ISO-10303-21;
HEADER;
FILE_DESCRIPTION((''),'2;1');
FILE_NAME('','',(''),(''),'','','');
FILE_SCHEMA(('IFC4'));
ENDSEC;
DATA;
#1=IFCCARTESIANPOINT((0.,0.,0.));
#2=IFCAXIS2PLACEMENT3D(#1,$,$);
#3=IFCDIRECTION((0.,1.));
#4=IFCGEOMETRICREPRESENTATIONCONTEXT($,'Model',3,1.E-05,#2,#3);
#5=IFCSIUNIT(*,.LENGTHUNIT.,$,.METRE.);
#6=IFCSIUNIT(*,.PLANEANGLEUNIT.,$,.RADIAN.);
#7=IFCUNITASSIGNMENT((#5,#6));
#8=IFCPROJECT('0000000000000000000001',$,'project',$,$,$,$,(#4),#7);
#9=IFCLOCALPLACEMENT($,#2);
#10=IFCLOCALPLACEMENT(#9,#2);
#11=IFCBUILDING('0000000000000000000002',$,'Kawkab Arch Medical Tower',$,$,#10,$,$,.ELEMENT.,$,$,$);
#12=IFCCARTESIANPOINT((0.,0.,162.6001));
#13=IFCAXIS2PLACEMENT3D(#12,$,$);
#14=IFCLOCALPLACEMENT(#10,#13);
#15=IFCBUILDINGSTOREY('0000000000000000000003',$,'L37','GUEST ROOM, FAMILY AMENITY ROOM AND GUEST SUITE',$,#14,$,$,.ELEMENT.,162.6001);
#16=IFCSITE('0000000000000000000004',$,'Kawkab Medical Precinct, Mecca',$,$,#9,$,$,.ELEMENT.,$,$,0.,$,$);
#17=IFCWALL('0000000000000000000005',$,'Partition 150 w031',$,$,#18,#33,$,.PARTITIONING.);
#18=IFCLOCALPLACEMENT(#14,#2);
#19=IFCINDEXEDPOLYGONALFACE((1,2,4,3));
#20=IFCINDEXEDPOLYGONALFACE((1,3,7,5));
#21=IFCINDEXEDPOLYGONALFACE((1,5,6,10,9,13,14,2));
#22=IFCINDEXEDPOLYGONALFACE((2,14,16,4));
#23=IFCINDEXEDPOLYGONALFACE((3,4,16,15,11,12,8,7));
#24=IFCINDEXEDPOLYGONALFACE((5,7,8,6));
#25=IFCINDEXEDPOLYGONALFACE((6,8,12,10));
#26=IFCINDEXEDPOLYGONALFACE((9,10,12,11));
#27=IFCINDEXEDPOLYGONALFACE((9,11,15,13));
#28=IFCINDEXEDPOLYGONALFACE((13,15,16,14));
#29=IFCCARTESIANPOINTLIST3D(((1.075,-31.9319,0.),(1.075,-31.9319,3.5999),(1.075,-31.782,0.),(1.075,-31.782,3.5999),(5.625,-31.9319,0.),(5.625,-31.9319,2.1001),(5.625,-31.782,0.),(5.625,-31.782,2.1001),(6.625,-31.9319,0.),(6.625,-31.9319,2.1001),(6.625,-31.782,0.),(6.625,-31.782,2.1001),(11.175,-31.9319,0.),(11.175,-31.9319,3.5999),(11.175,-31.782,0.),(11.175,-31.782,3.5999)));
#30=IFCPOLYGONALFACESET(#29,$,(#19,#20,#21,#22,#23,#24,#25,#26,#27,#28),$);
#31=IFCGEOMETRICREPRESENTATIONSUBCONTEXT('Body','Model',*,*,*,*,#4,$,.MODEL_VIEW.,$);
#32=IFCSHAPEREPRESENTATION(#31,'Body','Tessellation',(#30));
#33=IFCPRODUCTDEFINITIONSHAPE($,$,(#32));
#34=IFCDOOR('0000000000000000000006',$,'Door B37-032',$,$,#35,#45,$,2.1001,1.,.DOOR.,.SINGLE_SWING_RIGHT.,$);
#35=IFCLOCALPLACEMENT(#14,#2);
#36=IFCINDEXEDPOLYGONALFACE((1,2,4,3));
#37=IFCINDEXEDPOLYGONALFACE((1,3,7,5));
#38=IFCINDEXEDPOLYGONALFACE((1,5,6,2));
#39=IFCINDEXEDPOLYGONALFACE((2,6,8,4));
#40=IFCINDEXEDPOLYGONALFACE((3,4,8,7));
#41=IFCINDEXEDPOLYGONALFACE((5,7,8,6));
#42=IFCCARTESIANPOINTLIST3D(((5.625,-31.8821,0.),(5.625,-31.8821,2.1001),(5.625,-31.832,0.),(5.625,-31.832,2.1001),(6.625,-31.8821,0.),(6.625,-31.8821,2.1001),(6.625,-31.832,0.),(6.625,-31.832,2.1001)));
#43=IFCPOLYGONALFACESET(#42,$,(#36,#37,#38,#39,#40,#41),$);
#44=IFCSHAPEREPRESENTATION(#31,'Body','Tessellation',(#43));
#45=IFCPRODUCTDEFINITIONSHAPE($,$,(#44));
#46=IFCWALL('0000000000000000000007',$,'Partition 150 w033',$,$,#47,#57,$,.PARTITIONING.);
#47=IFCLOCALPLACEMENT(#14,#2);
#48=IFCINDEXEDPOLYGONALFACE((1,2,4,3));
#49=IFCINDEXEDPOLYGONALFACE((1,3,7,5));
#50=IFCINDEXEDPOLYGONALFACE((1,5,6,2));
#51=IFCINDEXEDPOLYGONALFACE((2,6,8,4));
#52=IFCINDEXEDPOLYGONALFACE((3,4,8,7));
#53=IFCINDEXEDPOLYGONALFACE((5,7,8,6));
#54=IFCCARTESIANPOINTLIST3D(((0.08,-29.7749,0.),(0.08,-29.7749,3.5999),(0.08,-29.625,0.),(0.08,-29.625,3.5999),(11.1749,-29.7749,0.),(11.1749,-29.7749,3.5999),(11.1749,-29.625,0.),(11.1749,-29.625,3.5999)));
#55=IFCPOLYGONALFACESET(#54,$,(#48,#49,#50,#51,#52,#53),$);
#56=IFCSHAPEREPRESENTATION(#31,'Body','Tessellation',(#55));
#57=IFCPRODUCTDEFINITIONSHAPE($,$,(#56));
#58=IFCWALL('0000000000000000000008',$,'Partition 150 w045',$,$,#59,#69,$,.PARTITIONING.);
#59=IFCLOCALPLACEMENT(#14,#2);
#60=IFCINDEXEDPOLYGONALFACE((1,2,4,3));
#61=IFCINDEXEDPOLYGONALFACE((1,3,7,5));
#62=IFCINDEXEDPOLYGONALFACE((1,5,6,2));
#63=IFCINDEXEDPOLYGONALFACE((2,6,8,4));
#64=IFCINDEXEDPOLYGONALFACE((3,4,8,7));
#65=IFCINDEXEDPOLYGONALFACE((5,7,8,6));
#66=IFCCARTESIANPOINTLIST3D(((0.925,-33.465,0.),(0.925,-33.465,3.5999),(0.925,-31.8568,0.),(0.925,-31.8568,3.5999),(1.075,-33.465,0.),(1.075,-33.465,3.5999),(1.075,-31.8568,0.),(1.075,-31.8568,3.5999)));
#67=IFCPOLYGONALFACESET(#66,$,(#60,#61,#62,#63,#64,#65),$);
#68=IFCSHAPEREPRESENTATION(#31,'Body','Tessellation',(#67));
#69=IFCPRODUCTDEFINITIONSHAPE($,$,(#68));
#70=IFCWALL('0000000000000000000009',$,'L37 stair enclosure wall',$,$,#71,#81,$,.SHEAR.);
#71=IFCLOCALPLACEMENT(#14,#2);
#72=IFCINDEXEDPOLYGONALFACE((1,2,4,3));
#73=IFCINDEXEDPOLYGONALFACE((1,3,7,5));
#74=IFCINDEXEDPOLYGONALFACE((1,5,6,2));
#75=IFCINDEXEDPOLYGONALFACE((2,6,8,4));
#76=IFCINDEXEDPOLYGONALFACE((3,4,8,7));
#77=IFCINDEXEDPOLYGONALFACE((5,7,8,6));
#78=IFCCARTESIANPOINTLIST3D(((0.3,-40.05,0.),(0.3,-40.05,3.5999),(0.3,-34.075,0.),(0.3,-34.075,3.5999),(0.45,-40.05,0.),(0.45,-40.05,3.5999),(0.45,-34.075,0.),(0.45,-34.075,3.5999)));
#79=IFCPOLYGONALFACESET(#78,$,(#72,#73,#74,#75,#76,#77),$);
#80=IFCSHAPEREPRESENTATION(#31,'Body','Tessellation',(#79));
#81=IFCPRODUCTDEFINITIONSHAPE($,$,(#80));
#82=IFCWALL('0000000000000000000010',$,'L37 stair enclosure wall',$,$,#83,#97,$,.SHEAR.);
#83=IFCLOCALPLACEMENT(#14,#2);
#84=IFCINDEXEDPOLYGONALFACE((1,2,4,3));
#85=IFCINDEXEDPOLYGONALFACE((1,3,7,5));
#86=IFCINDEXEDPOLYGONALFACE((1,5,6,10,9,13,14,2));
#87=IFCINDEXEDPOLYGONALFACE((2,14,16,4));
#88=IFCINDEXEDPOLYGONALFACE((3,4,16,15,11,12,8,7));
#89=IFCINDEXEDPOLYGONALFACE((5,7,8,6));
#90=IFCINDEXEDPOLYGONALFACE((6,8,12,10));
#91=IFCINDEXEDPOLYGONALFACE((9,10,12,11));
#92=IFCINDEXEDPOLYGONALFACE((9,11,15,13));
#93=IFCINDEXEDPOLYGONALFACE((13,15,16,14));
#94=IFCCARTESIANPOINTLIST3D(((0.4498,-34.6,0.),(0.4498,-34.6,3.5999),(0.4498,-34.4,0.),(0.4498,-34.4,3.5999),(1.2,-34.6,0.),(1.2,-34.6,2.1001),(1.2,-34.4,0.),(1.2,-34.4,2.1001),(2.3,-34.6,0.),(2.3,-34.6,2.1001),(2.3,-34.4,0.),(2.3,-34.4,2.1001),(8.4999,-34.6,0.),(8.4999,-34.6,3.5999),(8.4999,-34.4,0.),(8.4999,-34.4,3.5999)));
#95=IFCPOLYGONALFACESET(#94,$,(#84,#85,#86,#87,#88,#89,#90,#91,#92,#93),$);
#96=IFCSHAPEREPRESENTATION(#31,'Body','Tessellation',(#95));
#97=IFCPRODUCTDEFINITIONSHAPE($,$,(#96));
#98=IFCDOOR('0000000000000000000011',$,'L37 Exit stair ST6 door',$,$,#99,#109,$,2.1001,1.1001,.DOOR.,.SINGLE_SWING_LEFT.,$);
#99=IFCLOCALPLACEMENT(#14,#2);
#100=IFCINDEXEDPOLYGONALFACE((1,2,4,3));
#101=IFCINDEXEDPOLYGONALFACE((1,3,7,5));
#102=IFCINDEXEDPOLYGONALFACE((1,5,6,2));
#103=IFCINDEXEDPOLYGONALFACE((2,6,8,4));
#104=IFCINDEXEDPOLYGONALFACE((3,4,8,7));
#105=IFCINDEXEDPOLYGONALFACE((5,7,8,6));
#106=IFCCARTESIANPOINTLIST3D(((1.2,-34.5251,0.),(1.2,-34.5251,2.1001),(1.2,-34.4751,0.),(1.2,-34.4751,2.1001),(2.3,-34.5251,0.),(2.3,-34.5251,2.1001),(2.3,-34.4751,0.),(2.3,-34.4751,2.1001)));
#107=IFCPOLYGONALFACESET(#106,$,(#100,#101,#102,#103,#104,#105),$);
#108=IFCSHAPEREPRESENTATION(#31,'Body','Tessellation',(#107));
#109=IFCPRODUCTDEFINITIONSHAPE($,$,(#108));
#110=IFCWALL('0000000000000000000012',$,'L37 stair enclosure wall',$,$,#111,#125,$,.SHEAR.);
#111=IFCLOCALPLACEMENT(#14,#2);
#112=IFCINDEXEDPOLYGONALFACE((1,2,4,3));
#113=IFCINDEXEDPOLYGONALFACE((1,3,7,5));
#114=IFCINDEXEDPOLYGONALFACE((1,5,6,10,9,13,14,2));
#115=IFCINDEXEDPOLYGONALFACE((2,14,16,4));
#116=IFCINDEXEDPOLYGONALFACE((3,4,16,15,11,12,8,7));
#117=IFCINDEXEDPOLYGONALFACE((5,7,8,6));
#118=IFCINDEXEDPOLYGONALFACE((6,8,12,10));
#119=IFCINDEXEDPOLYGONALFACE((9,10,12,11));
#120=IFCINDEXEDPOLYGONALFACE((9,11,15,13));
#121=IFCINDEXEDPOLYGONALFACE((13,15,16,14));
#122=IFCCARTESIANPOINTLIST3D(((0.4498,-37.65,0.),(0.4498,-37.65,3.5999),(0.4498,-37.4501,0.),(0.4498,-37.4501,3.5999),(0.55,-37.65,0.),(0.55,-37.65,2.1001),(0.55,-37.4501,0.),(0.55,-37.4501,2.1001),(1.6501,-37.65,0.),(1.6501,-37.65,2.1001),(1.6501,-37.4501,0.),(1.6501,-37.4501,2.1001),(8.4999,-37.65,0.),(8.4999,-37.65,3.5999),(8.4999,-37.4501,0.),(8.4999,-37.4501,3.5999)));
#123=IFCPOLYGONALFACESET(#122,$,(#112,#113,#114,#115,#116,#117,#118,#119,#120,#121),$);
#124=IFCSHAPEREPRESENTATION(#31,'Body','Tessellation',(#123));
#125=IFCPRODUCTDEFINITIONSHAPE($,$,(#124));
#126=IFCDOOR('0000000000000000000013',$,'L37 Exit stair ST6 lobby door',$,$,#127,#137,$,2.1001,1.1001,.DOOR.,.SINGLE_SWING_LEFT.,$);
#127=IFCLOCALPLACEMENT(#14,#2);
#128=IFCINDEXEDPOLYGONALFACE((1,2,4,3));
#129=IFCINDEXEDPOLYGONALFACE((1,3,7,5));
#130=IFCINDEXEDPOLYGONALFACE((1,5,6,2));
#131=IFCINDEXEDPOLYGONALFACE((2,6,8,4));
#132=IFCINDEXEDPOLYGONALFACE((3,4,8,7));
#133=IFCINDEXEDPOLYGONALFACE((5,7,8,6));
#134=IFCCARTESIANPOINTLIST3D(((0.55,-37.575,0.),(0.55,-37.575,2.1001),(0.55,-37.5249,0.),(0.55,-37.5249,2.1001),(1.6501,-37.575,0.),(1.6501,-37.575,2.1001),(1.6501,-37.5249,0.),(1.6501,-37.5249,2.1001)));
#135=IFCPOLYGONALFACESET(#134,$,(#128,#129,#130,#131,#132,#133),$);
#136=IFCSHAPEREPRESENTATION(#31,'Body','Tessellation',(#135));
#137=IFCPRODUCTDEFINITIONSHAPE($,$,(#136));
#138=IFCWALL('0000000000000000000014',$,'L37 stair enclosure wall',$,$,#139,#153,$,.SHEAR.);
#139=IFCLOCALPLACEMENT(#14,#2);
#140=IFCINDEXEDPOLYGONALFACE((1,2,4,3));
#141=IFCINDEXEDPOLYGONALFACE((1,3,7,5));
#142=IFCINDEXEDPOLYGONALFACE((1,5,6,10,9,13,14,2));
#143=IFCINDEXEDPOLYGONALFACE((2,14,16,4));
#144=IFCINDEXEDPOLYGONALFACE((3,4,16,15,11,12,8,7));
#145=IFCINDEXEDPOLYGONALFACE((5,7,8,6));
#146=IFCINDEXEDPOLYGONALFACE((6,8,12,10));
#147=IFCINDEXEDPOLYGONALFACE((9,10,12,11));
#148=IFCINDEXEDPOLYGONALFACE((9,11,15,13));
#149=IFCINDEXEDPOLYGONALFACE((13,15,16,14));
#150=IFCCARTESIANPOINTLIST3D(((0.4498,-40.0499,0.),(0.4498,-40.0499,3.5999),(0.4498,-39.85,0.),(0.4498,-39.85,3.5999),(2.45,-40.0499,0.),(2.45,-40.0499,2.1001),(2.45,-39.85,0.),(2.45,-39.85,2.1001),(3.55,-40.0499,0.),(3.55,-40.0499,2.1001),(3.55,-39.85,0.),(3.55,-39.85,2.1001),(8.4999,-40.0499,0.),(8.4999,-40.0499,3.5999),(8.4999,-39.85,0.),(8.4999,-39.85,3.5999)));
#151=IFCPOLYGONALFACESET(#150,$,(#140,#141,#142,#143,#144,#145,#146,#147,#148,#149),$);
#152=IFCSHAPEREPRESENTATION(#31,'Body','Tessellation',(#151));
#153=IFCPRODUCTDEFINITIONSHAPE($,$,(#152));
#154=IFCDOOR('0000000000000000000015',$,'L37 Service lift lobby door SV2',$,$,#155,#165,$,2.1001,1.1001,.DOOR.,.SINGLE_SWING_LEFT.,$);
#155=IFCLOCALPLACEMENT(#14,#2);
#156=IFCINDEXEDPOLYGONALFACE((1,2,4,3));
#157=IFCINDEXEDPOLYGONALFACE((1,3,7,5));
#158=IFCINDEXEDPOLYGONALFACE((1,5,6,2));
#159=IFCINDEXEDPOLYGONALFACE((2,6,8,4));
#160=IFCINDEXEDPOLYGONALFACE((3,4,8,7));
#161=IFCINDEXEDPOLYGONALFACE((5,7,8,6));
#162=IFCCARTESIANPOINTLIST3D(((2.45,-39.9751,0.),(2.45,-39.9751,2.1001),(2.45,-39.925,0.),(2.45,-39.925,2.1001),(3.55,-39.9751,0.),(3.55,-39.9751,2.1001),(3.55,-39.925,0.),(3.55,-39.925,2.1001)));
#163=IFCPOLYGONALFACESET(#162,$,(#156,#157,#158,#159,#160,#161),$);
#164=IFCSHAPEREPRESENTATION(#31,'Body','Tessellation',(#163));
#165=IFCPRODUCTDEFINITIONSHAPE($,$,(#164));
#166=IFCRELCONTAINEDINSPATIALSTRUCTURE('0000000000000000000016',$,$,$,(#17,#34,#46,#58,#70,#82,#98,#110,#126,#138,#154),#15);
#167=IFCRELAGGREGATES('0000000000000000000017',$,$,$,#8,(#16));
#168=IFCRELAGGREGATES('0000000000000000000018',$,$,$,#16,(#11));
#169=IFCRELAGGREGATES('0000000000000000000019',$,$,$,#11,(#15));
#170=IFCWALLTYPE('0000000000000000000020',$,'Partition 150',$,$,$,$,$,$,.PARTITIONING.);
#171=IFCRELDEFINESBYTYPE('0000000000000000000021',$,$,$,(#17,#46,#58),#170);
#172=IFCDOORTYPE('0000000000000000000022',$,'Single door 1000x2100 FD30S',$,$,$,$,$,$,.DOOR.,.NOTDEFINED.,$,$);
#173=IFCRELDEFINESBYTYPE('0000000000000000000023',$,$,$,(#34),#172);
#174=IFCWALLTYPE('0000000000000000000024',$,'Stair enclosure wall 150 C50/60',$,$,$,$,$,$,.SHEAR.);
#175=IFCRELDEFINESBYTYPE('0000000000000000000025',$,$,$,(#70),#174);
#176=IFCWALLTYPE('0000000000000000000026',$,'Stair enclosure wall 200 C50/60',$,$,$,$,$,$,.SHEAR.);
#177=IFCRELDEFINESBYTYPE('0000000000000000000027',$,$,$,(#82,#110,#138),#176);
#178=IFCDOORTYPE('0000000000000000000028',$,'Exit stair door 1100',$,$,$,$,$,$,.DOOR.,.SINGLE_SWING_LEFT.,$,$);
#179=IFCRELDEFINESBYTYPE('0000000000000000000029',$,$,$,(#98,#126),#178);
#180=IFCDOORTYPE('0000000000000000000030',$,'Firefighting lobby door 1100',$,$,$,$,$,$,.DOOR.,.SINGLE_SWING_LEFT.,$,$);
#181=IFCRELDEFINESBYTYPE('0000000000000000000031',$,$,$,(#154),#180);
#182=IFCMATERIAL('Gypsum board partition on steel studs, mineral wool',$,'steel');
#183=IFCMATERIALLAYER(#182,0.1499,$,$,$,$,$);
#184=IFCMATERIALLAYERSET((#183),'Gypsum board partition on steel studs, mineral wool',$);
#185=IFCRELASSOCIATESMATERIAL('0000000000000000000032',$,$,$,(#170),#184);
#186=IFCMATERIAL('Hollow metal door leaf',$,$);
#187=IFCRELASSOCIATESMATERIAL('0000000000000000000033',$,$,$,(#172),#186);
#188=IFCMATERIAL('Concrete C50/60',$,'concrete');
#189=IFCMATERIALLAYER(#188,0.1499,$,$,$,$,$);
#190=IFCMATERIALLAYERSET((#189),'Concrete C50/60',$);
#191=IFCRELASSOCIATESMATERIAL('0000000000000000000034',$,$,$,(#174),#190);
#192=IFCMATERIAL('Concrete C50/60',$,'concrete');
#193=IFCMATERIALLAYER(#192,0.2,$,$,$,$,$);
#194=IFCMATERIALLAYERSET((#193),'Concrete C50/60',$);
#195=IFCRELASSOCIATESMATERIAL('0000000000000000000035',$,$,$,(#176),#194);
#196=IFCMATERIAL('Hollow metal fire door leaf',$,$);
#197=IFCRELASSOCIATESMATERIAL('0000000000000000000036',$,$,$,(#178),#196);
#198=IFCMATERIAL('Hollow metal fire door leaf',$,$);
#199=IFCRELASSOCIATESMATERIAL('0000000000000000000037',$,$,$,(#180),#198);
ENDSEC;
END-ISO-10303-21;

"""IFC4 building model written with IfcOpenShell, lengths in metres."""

from ifc_helpers import new_model, si_unit, direction, frame, frame_2d, origin, place, context, subcontext, project, spatial, rectangle, extrude, material, layer, layer_set, type_object, element, fill, save


model = new_model("IFC4")

# Units and contexts
model_context = context("Model", 3, precision=1e-05, world=origin(), true_north=direction((0.0, 1.0)))
body_context = subcontext(model_context, "Body", "Model", "MODEL_VIEW")
ifc_project = project(units=[si_unit("LENGTHUNIT", "METRE"), si_unit("PLANEANGLEUNIT", "RADIAN")], contexts=[model_context])

# Site, building, storey
site_placement = place(None, origin())
site = spatial("IfcSite", under=ifc_project, at=site_placement, Name="Kawkab Medical Precinct, Mecca", CompositionType="ELEMENT", RefElevation=0.0)
building_placement = place(site_placement, origin())
building = spatial("IfcBuilding", under=site, at=building_placement, Name="Kawkab Arch Medical Tower", CompositionType="ELEMENT")
storey_placement = place(building_placement, frame((0.0, 0.0, 162.6001)))
storey = spatial("IfcBuildingStorey", under=building, at=storey_placement, Name="L37", Description="GUEST ROOM, FAMILY AMENITY ROOM AND GUEST SUITE", CompositionType="ELEMENT", Elevation=162.6001)

# Shared definitions
ifc_material_1 = material(Name="Gypsum board partition on steel studs, mineral wool", Category="steel")
ifc_layer_1 = layer(ifc_material_1, 0.1499)
ifc_layer_set_1 = layer_set([ifc_layer_1], Name="Gypsum board partition on steel studs, mineral wool")
wall_type_1 = type_object("IfcWallType", Name="Partition 150", PredefinedType="PARTITIONING", material=ifc_layer_set_1)

# Wall, opening, door
wall_1_placement = place(storey_placement, frame((1.075, -31.8569, 0.0), z_axis=(0.0, 0.0, 1.0), x_axis=(1.0, 0.0, 0.0)))
wall_1 = element("IfcWall", 1, at=wall_1_placement, inside=storey, type_object=wall_type_1, Name="Partition 150 w031", PredefinedType="PARTITIONING", context=body_context, shape_type="SweptSolid", body=[
    extrude(rectangle(XDim=10.1001, YDim=0.1499, at=frame_2d((5.05, 0.0))), origin(), (0.0, 0.0, 1.0), 3.5999),
])
opening_1_placement = place(wall_1_placement, frame((4.55, 0.0, 0.0)))
opening_1 = element("IfcOpeningElement", 2, at=opening_1_placement, cuts=wall_1, PredefinedType="OPENING", context=body_context, shape_type="SweptSolid", body=[
    extrude(rectangle(XDim=1.0, YDim=2.1001, at=frame_2d((0.5, 1.05))), frame((0.0, 0.085, 0.0), z_axis=(0.0, -1.0, 0.0), x_axis=(1.0, 0.0, 0.0)), (0.0, 0.0, 1.0), 0.1699),
])
ifc_material_2 = material(Name="Hollow metal door leaf")
door_type_1 = type_object("IfcDoorType", Name="Single door 1000x2100 FD30S", OperationType="NOTDEFINED", PredefinedType="DOOR", material=ifc_material_2)
door_1_placement = place(opening_1_placement, origin())
door_1 = element("IfcDoor", 3, at=door_1_placement, inside=storey, type_object=door_type_1, Name="Door B37-032", OperationType="SINGLE_SWING_RIGHT", OverallHeight=2.1001, OverallWidth=1.0, PredefinedType="DOOR", context=body_context, shape_type="SweptSolid", body=[
    extrude(rectangle(XDim=1.0, YDim=2.1001, at=frame_2d((0.5, 1.05))), frame((0.0, 0.0249, 0.0), z_axis=(0.0, -1.0, 0.0), x_axis=(1.0, 0.0, 0.0)), (0.0, 0.0, 1.0), 0.05),
])
fill(opening_1, door_1)

# Walls
wall_2_placement = place(storey_placement, frame((0.0801, -29.7, 0.0), z_axis=(0.0, 0.0, 1.0), x_axis=(1.0, 0.0, 0.0)))
element("IfcWall", 4, at=wall_2_placement, inside=storey, type_object=wall_type_1, Name="Partition 150 w033", PredefinedType="PARTITIONING", context=body_context, shape_type="SweptSolid", body=[
    extrude(rectangle(XDim=11.095, YDim=0.1499, at=frame_2d((5.5474, 0.0))), origin(), (0.0, 0.0, 1.0), 3.5999),
])
wall_3_placement = place(storey_placement, frame((1.0, -33.4651, 0.0), z_axis=(0.0, 0.0, 1.0), x_axis=(0.0, 1.0, 0.0)))
element("IfcWall", 5, at=wall_3_placement, inside=storey, type_object=wall_type_1, Name="Partition 150 w045", PredefinedType="PARTITIONING", context=body_context, shape_type="SweptSolid", body=[
    extrude(rectangle(XDim=1.6082, YDim=0.1499, at=frame_2d((0.8042, 0.0))), origin(), (0.0, 0.0, 1.0), 3.5999),
])
ifc_material_3 = material(Name="Concrete C50/60", Category="concrete")
ifc_layer_2 = layer(ifc_material_3, 0.1499)
ifc_layer_set_2 = layer_set([ifc_layer_2], Name="Concrete C50/60")
wall_type_2 = type_object("IfcWallType", Name="Stair enclosure wall 150 C50/60", PredefinedType="SHEAR", material=ifc_layer_set_2)
wall_4_placement = place(storey_placement, frame((0.375, -40.05, 0.0), z_axis=(0.0, 0.0, 1.0), x_axis=(0.0, 1.0, 0.0)))
element("IfcWall", 6, at=wall_4_placement, inside=storey, type_object=wall_type_2, Name="L37 stair enclosure wall", PredefinedType="SHEAR", context=body_context, shape_type="SweptSolid", body=[
    extrude(rectangle(XDim=5.9751, YDim=0.1499, at=frame_2d((2.9875, 0.0))), origin(), (0.0, 0.0, 1.0), 3.5999),
])

# Walls, openings, doors
ifc_material_4 = material(Name="Concrete C50/60", Category="concrete")
ifc_layer_3 = layer(ifc_material_4, 0.2)
ifc_layer_set_3 = layer_set([ifc_layer_3], Name="Concrete C50/60")
wall_type_3 = type_object("IfcWallType", Name="Stair enclosure wall 200 C50/60", PredefinedType="SHEAR", material=ifc_layer_set_3)
wall_5_placement = place(storey_placement, frame((0.45, -34.5, 0.0), z_axis=(0.0, 0.0, 1.0), x_axis=(1.0, 0.0, 0.0)))
wall_5 = element("IfcWall", 7, at=wall_5_placement, inside=storey, type_object=wall_type_3, Name="L37 stair enclosure wall", PredefinedType="SHEAR", context=body_context, shape_type="SweptSolid", body=[
    extrude(rectangle(XDim=8.05, YDim=0.2, at=frame_2d((4.0249, 0.0))), origin(), (0.0, 0.0, 1.0), 3.5999),
])
opening_2_placement = place(wall_5_placement, frame((0.75, 0.0, 0.0)))
opening_2 = element("IfcOpeningElement", 8, at=opening_2_placement, cuts=wall_5, PredefinedType="OPENING", context=body_context, shape_type="SweptSolid", body=[
    extrude(rectangle(XDim=1.1001, YDim=2.1001, at=frame_2d((0.55, 1.05))), frame((0.0, 0.1099, 0.0), z_axis=(0.0, -1.0, 0.0), x_axis=(1.0, 0.0, 0.0)), (0.0, 0.0, 1.0), 0.22),
])
ifc_material_5 = material(Name="Hollow metal fire door leaf")
door_type_2 = type_object("IfcDoorType", Name="Exit stair door 1100", OperationType="SINGLE_SWING_LEFT", PredefinedType="DOOR", material=ifc_material_5)
door_2_placement = place(opening_2_placement, origin())
door_2 = element("IfcDoor", 9, at=door_2_placement, inside=storey, type_object=door_type_2, Name="L37 Exit stair ST6 door", OperationType="SINGLE_SWING_LEFT", OverallHeight=2.1001, OverallWidth=1.1001, PredefinedType="DOOR", context=body_context, shape_type="SweptSolid", body=[
    extrude(rectangle(XDim=1.1001, YDim=2.1001, at=frame_2d((0.55, 1.05))), frame((0.0, 0.0249, 0.0), z_axis=(0.0, -1.0, 0.0), x_axis=(1.0, 0.0, 0.0)), (0.0, 0.0, 1.0), 0.05),
])
fill(opening_2, door_2)
wall_6_placement = place(storey_placement, frame((0.45, -37.55, 0.0), z_axis=(0.0, 0.0, 1.0), x_axis=(1.0, 0.0, 0.0)))
wall_6 = element("IfcWall", 10, at=wall_6_placement, inside=storey, type_object=wall_type_3, Name="L37 stair enclosure wall", PredefinedType="SHEAR", context=body_context, shape_type="SweptSolid", body=[
    extrude(rectangle(XDim=8.05, YDim=0.2, at=frame_2d((4.0249, 0.0))), origin(), (0.0, 0.0, 1.0), 3.5999),
])
opening_3_placement = place(wall_6_placement, frame((0.1001, 0.0, 0.0)))
opening_3 = element("IfcOpeningElement", 11, at=opening_3_placement, cuts=wall_6, PredefinedType="OPENING", context=body_context, shape_type="SweptSolid", body=[
    extrude(rectangle(XDim=1.1001, YDim=2.1001, at=frame_2d((0.55, 1.05))), frame((0.0, 0.1099, 0.0), z_axis=(0.0, -1.0, 0.0), x_axis=(1.0, 0.0, 0.0)), (0.0, 0.0, 1.0), 0.22),
])
door_3_placement = place(opening_3_placement, frame((1.1001, 0.0, 0.0), z_axis=(0.0, 0.0, 1.0), x_axis=(-1.0, 0.0, 0.0)))
door_3 = element("IfcDoor", 12, at=door_3_placement, inside=storey, type_object=door_type_2, Name="L37 Exit stair ST6 lobby door", OperationType="SINGLE_SWING_LEFT", OverallHeight=2.1001, OverallWidth=1.1001, PredefinedType="DOOR", context=body_context, shape_type="SweptSolid", body=[
    extrude(rectangle(XDim=1.1001, YDim=2.1001, at=frame_2d((0.55, 1.05))), frame((0.0, 0.0249, 0.0), z_axis=(0.0, -1.0, 0.0), x_axis=(1.0, 0.0, 0.0)), (0.0, 0.0, 1.0), 0.05),
])
fill(opening_3, door_3)
wall_7_placement = place(storey_placement, frame((0.45, -39.95, 0.0), z_axis=(0.0, 0.0, 1.0), x_axis=(1.0, 0.0, 0.0)))
wall_7 = element("IfcWall", 13, at=wall_7_placement, inside=storey, type_object=wall_type_3, Name="L37 stair enclosure wall", PredefinedType="SHEAR", context=body_context, shape_type="SweptSolid", body=[
    extrude(rectangle(XDim=8.05, YDim=0.2, at=frame_2d((4.0249, 0.0))), origin(), (0.0, 0.0, 1.0), 3.5999),
])
opening_4_placement = place(wall_7_placement, frame((2.0, 0.0, 0.0)))
opening_4 = element("IfcOpeningElement", 14, at=opening_4_placement, cuts=wall_7, PredefinedType="OPENING", context=body_context, shape_type="SweptSolid", body=[
    extrude(rectangle(XDim=1.1001, YDim=2.1001, at=frame_2d((0.55, 1.05))), frame((0.0, 0.1099, 0.0), z_axis=(0.0, -1.0, 0.0), x_axis=(1.0, 0.0, 0.0)), (0.0, 0.0, 1.0), 0.22),
])
ifc_material_6 = material(Name="Hollow metal fire door leaf")
door_type_3 = type_object("IfcDoorType", Name="Firefighting lobby door 1100", OperationType="SINGLE_SWING_LEFT", PredefinedType="DOOR", material=ifc_material_6)
door_4_placement = place(opening_4_placement, origin())
door_4 = element("IfcDoor", 15, at=door_4_placement, inside=storey, type_object=door_type_3, Name="L37 Service lift lobby door SV2", OperationType="SINGLE_SWING_LEFT", OverallHeight=2.1001, OverallWidth=1.1001, PredefinedType="DOOR", context=body_context, shape_type="SweptSolid", body=[
    extrude(rectangle(XDim=1.1001, YDim=2.1001, at=frame_2d((0.55, 1.05))), frame((0.0, 0.0249, 0.0), z_axis=(0.0, -1.0, 0.0), x_axis=(1.0, 0.0, 0.0)), (0.0, 0.0, 1.0), 0.05),
])
fill(opening_4, door_4)

save(model, "model.ifc")
